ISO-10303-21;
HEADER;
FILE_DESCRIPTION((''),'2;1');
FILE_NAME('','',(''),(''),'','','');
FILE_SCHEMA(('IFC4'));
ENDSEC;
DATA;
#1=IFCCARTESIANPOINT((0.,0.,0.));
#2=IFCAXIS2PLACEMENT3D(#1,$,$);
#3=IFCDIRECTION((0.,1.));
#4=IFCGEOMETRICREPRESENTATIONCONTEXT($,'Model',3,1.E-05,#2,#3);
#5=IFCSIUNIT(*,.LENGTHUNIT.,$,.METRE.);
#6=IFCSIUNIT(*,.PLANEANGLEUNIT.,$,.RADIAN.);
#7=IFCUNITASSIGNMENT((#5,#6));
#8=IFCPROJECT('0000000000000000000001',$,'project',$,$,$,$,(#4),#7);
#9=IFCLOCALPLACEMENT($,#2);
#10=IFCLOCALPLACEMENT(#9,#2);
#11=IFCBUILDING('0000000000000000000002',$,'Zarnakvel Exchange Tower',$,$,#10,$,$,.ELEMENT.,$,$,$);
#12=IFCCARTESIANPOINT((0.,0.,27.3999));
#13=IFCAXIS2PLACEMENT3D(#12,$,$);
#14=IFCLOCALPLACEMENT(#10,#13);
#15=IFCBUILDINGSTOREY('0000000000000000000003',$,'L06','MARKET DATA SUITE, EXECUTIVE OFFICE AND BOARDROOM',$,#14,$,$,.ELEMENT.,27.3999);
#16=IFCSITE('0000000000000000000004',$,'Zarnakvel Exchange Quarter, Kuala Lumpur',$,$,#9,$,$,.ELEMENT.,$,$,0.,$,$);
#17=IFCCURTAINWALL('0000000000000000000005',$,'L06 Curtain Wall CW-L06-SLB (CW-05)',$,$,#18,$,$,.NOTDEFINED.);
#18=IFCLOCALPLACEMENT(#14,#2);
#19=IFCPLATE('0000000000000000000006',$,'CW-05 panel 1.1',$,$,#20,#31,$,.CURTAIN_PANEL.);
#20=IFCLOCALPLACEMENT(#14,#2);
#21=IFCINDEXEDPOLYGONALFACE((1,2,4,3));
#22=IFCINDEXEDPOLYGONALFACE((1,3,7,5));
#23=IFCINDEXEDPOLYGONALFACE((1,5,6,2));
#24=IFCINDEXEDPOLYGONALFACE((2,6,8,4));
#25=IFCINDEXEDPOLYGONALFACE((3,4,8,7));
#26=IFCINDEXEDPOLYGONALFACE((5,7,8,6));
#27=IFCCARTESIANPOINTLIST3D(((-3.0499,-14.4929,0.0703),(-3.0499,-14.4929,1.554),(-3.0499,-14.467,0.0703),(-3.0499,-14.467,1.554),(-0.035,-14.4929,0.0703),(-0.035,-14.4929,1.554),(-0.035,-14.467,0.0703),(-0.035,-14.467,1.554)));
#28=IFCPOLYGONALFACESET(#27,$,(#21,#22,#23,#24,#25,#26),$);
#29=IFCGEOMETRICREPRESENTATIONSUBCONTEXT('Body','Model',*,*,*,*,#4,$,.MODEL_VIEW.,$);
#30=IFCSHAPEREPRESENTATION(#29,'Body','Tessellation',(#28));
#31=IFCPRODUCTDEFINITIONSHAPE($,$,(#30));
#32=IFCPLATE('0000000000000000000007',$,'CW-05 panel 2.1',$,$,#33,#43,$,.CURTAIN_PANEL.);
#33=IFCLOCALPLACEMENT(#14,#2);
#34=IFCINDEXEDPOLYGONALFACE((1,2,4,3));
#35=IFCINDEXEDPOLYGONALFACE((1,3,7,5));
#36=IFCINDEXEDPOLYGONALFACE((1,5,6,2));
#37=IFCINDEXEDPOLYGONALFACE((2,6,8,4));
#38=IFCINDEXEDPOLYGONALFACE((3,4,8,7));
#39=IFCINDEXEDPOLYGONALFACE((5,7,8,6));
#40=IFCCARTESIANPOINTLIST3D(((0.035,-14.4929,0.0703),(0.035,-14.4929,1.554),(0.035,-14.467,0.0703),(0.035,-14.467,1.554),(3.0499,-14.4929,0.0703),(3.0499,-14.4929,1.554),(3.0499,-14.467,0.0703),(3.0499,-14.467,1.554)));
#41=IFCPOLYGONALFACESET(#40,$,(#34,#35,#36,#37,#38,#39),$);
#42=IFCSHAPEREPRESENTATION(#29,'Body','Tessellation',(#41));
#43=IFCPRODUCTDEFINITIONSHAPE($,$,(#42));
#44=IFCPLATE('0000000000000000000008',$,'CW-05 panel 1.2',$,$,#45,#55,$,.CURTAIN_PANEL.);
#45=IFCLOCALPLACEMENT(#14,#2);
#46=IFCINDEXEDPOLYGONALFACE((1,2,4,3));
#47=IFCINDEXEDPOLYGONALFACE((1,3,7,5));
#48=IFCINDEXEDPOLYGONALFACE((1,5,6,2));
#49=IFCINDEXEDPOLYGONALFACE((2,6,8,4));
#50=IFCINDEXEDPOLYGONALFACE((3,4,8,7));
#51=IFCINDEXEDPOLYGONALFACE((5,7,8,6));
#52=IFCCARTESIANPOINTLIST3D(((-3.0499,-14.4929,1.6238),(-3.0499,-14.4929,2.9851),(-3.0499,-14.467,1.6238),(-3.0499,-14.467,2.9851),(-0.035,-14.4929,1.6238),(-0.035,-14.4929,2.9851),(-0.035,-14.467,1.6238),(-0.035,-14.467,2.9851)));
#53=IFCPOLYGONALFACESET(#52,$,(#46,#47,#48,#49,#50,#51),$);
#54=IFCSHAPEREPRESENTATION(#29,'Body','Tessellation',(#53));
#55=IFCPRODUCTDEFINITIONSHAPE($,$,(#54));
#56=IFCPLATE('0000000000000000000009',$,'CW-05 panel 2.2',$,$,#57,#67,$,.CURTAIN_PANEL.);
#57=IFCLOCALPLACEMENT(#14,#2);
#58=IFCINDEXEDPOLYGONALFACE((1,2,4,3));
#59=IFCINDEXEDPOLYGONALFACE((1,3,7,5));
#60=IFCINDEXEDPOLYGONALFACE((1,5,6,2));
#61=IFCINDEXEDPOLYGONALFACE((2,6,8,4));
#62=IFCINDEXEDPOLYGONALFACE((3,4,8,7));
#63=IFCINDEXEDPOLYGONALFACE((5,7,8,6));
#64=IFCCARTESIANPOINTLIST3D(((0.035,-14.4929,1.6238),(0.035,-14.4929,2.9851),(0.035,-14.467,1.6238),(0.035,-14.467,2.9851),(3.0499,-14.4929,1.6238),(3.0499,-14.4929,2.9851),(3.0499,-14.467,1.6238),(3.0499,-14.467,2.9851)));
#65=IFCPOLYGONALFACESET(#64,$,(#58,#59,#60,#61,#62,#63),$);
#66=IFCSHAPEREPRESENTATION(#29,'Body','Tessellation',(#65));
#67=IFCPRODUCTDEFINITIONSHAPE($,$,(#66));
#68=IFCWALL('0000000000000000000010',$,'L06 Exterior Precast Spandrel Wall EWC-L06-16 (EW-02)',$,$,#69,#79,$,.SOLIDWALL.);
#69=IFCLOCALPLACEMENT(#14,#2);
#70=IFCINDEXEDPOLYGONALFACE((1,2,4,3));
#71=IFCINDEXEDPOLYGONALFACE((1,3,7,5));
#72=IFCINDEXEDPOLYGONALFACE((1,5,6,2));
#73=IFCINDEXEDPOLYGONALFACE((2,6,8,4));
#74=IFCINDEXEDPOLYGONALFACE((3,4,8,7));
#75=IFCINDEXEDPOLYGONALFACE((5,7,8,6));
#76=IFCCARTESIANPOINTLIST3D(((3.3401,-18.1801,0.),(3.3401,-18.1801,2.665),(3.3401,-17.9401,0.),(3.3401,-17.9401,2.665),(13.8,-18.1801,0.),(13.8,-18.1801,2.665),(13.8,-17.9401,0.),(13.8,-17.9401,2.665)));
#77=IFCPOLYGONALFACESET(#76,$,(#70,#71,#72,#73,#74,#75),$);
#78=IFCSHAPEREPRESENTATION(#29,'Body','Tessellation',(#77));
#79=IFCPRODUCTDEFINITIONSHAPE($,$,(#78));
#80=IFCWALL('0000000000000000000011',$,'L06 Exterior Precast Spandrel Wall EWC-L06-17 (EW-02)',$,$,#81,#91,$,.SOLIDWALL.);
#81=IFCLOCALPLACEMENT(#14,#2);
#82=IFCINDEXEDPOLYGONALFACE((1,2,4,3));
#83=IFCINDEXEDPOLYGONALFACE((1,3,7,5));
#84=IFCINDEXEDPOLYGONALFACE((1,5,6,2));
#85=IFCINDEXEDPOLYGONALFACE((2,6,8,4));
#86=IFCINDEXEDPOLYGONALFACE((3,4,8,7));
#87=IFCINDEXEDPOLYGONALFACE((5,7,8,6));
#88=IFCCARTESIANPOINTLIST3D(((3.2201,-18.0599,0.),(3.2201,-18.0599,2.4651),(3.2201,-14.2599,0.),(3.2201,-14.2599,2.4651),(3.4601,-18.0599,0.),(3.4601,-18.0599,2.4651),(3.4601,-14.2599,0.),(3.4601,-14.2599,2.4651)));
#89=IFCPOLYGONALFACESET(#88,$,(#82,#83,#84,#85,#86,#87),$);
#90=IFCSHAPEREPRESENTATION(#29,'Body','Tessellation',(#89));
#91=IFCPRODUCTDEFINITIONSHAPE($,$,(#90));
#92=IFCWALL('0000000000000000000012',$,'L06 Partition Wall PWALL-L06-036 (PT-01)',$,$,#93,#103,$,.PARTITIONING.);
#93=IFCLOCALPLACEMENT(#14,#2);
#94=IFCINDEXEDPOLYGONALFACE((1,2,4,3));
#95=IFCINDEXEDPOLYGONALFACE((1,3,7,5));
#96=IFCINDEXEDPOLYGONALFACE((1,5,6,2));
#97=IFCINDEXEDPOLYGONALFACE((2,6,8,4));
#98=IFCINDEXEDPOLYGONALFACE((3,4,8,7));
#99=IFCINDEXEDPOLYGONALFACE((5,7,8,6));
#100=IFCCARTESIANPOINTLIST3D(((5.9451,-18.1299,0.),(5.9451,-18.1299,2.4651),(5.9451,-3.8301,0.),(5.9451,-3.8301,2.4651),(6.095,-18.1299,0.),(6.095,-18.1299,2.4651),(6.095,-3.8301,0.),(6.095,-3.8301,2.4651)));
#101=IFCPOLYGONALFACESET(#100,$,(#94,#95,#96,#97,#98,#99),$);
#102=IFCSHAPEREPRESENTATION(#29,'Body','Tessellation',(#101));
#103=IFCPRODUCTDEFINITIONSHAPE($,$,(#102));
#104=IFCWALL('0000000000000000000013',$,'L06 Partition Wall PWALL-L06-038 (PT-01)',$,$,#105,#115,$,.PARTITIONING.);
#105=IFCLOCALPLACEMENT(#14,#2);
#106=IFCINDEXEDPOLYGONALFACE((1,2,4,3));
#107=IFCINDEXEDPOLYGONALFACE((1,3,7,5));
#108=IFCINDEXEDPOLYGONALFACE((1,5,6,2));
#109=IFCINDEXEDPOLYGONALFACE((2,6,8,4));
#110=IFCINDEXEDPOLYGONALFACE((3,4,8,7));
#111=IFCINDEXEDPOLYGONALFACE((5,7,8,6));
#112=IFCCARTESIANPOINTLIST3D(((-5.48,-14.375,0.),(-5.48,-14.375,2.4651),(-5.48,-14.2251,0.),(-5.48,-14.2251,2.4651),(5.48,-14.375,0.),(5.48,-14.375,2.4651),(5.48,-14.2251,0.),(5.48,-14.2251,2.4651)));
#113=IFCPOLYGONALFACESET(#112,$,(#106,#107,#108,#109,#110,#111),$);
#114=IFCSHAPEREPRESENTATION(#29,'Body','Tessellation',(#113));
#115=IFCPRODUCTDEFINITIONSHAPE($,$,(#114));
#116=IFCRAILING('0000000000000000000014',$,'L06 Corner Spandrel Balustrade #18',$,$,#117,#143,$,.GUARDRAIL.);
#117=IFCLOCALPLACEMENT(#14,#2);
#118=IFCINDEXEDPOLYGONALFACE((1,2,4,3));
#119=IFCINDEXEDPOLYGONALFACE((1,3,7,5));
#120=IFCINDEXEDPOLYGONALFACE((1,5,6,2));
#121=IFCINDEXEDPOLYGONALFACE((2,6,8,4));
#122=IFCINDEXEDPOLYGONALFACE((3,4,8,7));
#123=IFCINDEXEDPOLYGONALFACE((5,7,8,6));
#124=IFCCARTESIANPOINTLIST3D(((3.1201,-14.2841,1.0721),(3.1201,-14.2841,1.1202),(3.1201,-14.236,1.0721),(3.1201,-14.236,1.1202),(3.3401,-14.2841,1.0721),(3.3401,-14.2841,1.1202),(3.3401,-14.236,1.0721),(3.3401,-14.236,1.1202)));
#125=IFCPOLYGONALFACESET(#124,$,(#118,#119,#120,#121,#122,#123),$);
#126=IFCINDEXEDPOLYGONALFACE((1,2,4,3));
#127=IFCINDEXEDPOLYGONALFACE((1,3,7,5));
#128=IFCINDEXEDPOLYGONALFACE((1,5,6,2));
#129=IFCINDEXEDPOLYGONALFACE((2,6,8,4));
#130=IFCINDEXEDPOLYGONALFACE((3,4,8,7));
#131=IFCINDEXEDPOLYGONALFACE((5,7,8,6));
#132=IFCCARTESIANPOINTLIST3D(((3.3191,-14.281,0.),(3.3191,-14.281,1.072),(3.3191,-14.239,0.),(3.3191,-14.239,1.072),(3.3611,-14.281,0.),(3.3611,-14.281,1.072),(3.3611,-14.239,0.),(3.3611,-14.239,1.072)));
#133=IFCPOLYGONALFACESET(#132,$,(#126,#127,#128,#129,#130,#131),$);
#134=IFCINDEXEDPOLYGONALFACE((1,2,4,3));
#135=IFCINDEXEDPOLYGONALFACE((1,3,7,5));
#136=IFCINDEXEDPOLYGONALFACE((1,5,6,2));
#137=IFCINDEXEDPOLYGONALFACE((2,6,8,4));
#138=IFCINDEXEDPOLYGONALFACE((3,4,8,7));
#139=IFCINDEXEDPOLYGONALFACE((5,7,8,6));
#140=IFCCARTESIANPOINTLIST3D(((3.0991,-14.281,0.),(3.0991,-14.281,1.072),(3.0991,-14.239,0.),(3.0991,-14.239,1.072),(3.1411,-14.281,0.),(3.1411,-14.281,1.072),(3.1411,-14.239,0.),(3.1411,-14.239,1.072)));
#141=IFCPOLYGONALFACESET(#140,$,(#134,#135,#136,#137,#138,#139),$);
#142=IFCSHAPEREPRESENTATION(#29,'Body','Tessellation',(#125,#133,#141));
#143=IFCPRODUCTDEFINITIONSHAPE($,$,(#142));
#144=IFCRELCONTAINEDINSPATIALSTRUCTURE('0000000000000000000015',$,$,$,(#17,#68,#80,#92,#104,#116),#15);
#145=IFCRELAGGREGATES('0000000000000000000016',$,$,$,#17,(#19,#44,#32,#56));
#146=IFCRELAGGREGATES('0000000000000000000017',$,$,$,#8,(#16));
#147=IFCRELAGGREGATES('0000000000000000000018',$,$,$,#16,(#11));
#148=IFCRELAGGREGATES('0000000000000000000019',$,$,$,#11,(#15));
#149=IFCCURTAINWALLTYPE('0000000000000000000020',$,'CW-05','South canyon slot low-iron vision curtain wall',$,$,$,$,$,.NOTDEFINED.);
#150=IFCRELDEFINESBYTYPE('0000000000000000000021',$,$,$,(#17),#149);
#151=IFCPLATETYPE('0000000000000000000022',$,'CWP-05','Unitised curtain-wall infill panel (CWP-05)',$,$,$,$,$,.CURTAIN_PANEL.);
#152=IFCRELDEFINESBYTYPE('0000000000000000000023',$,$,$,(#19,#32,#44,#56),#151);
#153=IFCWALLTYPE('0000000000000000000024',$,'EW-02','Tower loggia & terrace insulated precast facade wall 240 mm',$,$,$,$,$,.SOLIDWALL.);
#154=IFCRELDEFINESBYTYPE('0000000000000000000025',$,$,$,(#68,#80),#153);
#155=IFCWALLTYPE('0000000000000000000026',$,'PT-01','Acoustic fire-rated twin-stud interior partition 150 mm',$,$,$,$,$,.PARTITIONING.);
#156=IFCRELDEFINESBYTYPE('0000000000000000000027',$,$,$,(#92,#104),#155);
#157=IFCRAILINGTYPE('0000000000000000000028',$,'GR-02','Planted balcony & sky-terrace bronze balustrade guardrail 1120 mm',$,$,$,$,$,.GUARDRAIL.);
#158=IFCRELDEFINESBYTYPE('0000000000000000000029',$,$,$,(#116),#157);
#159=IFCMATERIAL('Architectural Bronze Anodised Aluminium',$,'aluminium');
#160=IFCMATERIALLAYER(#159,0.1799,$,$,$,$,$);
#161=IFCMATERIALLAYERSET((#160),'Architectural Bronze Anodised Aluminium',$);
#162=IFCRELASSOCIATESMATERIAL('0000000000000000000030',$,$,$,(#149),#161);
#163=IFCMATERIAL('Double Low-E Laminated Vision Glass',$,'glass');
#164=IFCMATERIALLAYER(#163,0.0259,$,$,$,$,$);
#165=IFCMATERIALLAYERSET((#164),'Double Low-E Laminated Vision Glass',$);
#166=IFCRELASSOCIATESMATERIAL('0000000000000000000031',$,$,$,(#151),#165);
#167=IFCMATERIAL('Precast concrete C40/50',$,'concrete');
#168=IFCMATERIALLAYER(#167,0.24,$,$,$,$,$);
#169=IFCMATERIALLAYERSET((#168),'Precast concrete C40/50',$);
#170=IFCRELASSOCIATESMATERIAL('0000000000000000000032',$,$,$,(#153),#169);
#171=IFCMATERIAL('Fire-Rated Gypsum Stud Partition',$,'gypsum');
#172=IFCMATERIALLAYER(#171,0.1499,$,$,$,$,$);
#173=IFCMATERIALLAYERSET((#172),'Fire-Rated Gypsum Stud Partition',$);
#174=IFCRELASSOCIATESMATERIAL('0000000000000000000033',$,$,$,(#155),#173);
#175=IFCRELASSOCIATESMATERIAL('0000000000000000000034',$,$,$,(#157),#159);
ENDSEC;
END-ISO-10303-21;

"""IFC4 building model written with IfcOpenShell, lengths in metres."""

from ifc_helpers import new_model, si_unit, direction, frame, frame_2d, origin, origin_2d, place, context, subcontext, project, spatial, rectangle, extrude, source, transform, mapped, material, layer, layer_set, type_object, element, aggregate, save


model = new_model("IFC4")

# Units and contexts
model_context = context("Model", 3, precision=1e-05, world=origin(), true_north=direction((0.0, 1.0)))
body_context = subcontext(model_context, "Body", "Model", "MODEL_VIEW")
ifc_project = project(units=[si_unit("LENGTHUNIT", "METRE"), si_unit("PLANEANGLEUNIT", "RADIAN")], contexts=[model_context])

# Site, building, storey
site_placement = place(None, origin())
site = spatial("IfcSite", under=ifc_project, at=site_placement, Name="Zarnakvel Exchange Quarter, Kuala Lumpur", CompositionType="ELEMENT", RefElevation=0.0)
building_placement = place(site_placement, origin())
building = spatial("IfcBuilding", under=site, at=building_placement, Name="Zarnakvel Exchange Tower", CompositionType="ELEMENT")
storey_placement = place(building_placement, frame((0.0, 0.0, 27.3999)))
storey = spatial("IfcBuildingStorey", under=building, at=storey_placement, Name="L06", Description="MARKET DATA SUITE, EXECUTIVE OFFICE AND BOARDROOM", CompositionType="ELEMENT", Elevation=27.3999)

# Curtain wall
ifc_material_1 = material(Name="Architectural Bronze Anodised Aluminium", Category="aluminium")
ifc_layer_1 = layer(ifc_material_1, 0.1799)
ifc_layer_set_1 = layer_set([ifc_layer_1], Name="Architectural Bronze Anodised Aluminium")
curtain_wall_type = type_object("IfcCurtainWallType", Name="CW-05", Description="South canyon slot low-iron vision curtain wall", PredefinedType="NOTDEFINED", material=ifc_layer_set_1)
curtain_wall_1_placement = place(storey_placement, origin())
curtain_wall_1 = element("IfcCurtainWall", 1, at=curtain_wall_1_placement, inside=storey, type_object=curtain_wall_type, Name="L06 Curtain Wall CW-L06-SLB (CW-05)", PredefinedType="NOTDEFINED")

# Plates
ifc_material_2 = material(Name="Double Low-E Laminated Vision Glass", Category="glass")
ifc_layer_2 = layer(ifc_material_2, 0.0259)
ifc_layer_set_2 = layer_set([ifc_layer_2], Name="Double Low-E Laminated Vision Glass")
plate_type = type_object("IfcPlateType", Name="CWP-05", Description="Unitised curtain-wall infill panel (CWP-05)", PredefinedType="CURTAIN_PANEL", material=ifc_layer_set_2)
shared_shape_1 = source(origin(), body_context, "Body", "SweptSolid", [
    extrude(rectangle(XDim=3.0149, YDim=0.0259, at=origin_2d()), origin(), (0.0, 0.0, 1.0), 1.4836),
])
plate_1_placement = place(storey_placement, frame((-1.5425, -14.48, 0.0703), z_axis=(0.0, 0.0, 1.0), x_axis=(1.0, 0.0, 0.0)))
plate_1 = element("IfcPlate", 2, at=plate_1_placement, type_object=plate_type, Name="CW-05 panel 1.1", PredefinedType="CURTAIN_PANEL", context=body_context, shape_type="MappedRepresentation", body=[
    mapped(shared_shape_1, transform((0.0, 0.0, 0.0), x_axis=(1.0, 0.0, 0.0), y_axis=(0.0, 1.0, 0.0), z_axis=(0.0, 0.0, 1.0), scale=1.0)),
])
plate_2_placement = place(storey_placement, frame((1.5425, -14.48, 0.0703), z_axis=(0.0, 0.0, 1.0), x_axis=(1.0, 0.0, 0.0)))
plate_2 = element("IfcPlate", 3, at=plate_2_placement, type_object=plate_type, Name="CW-05 panel 2.1", PredefinedType="CURTAIN_PANEL", context=body_context, shape_type="MappedRepresentation", body=[
    mapped(shared_shape_1, transform((0.0, 0.0, 0.0), x_axis=(1.0, 0.0, 0.0), y_axis=(0.0, 1.0, 0.0), z_axis=(0.0, 0.0, 1.0), scale=1.0)),
])
shared_shape_2 = source(origin(), body_context, "Body", "SweptSolid", [
    extrude(rectangle(XDim=3.0149, YDim=0.0259, at=origin_2d()), origin(), (0.0, 0.0, 1.0), 1.3613),
])
plate_3_placement = place(storey_placement, frame((-1.5425, -14.48, 1.6238), z_axis=(0.0, 0.0, 1.0), x_axis=(1.0, 0.0, 0.0)))
plate_3 = element("IfcPlate", 4, at=plate_3_placement, type_object=plate_type, Name="CW-05 panel 1.2", PredefinedType="CURTAIN_PANEL", context=body_context, shape_type="MappedRepresentation", body=[
    mapped(shared_shape_2, transform((0.0, 0.0, 0.0), x_axis=(1.0, 0.0, 0.0), y_axis=(0.0, 1.0, 0.0), z_axis=(0.0, 0.0, 1.0), scale=1.0)),
])
plate_4_placement = place(storey_placement, frame((1.5425, -14.48, 1.6238), z_axis=(0.0, 0.0, 1.0), x_axis=(1.0, 0.0, 0.0)))
plate_4 = element("IfcPlate", 5, at=plate_4_placement, type_object=plate_type, Name="CW-05 panel 2.2", PredefinedType="CURTAIN_PANEL", context=body_context, shape_type="MappedRepresentation", body=[
    mapped(shared_shape_2, transform((0.0, 0.0, 0.0), x_axis=(1.0, 0.0, 0.0), y_axis=(0.0, 1.0, 0.0), z_axis=(0.0, 0.0, 1.0), scale=1.0)),
])
aggregate(curtain_wall_1, [plate_1, plate_3, plate_2, plate_4])

# Walls
ifc_material_3 = material(Name="Precast concrete C40/50", Category="concrete")
ifc_layer_3 = layer(ifc_material_3, 0.24)
ifc_layer_set_3 = layer_set([ifc_layer_3], Name="Precast concrete C40/50")
wall_type_1 = type_object("IfcWallType", Name="EW-02", Description="Tower loggia & terrace insulated precast facade wall 240 mm", PredefinedType="SOLIDWALL", material=ifc_layer_set_3)
wall_1_placement = place(storey_placement, frame((3.3401, -18.0601, 0.0), z_axis=(0.0, 0.0, 1.0), x_axis=(1.0, 0.0, 0.0)))
element("IfcWall", 6, at=wall_1_placement, inside=storey, type_object=wall_type_1, Name="L06 Exterior Precast Spandrel Wall EWC-L06-16 (EW-02)", PredefinedType="SOLIDWALL", context=body_context, shape_type="SweptSolid", body=[
    extrude(rectangle(XDim=10.46, YDim=0.24, at=frame_2d((5.23, 0.0))), origin(), (0.0, 0.0, 1.0), 2.665),
])
wall_2_placement = place(storey_placement, frame((3.3401, -14.26, 0.0), z_axis=(0.0, 0.0, 1.0), x_axis=(0.0, -1.0, 0.0)))
element("IfcWall", 7, at=wall_2_placement, inside=storey, type_object=wall_type_1, Name="L06 Exterior Precast Spandrel Wall EWC-L06-17 (EW-02)", PredefinedType="SOLIDWALL", context=body_context, shape_type="SweptSolid", body=[
    extrude(rectangle(XDim=3.8, YDim=0.24, at=frame_2d((1.8999, 0.0))), origin(), (0.0, 0.0, 1.0), 2.4651),
])
ifc_material_4 = material(Name="Fire-Rated Gypsum Stud Partition", Category="gypsum")
ifc_layer_4 = layer(ifc_material_4, 0.1499)
ifc_layer_set_4 = layer_set([ifc_layer_4], Name="Fire-Rated Gypsum Stud Partition")
wall_type_2 = type_object("IfcWallType", Name="PT-01", Description="Acoustic fire-rated twin-stud interior partition 150 mm", PredefinedType="PARTITIONING", material=ifc_layer_set_4)
wall_3_placement = place(storey_placement, frame((6.02, -18.1299, 0.0), z_axis=(0.0, 0.0, 1.0), x_axis=(0.0, 1.0, 0.0)))
element("IfcWall", 8, at=wall_3_placement, inside=storey, type_object=wall_type_2, Name="L06 Partition Wall PWALL-L06-036 (PT-01)", PredefinedType="PARTITIONING", context=body_context, shape_type="SweptSolid", body=[
    extrude(rectangle(XDim=14.2998, YDim=0.1499, at=frame_2d((7.1499, 0.0))), origin(), (0.0, 0.0, 1.0), 2.4651),
])
wall_4_placement = place(storey_placement, frame((5.48, -14.3, 0.0), z_axis=(0.0, 0.0, 1.0), x_axis=(-1.0, 0.0, 0.0)))
element("IfcWall", 9, at=wall_4_placement, inside=storey, type_object=wall_type_2, Name="L06 Partition Wall PWALL-L06-038 (PT-01)", PredefinedType="PARTITIONING", context=body_context, shape_type="SweptSolid", body=[
    extrude(rectangle(XDim=10.96, YDim=0.1499, at=frame_2d((5.48, 0.0))), origin(), (0.0, 0.0, 1.0), 2.4651),
])

# Railing
railing_type = type_object("IfcRailingType", Name="GR-02", Description="Planted balcony & sky-terrace bronze balustrade guardrail 1120 mm", PredefinedType="GUARDRAIL", material=ifc_material_1)
railing_placement = place(storey_placement, frame((3.3401, -14.26, 0.0)))
element("IfcRailing", 10, at=railing_placement, inside=storey, type_object=railing_type, Name="L06 Corner Spandrel Balustrade #18", PredefinedType="GUARDRAIL", context=body_context, shape_type="SweptSolid", body=[
    extrude(rectangle(XDim=0.0481, YDim=0.0481, at=origin_2d()), frame((0.0, 0.0, 1.0962), z_axis=(-1.0, 0.0, 0.0), x_axis=(0.0, -1.0, 0.0)), (0.0, 0.0, 1.0), 0.22),
    extrude(rectangle(XDim=0.042, YDim=0.042, at=origin_2d()), origin(), (0.0, 0.0, 1.0), 1.072),
    extrude(rectangle(XDim=0.042, YDim=0.042, at=origin_2d()), frame((-0.22, 0.0, 0.0)), (0.0, 0.0, 1.0), 1.072),
])

save(model, "model.ifc")
